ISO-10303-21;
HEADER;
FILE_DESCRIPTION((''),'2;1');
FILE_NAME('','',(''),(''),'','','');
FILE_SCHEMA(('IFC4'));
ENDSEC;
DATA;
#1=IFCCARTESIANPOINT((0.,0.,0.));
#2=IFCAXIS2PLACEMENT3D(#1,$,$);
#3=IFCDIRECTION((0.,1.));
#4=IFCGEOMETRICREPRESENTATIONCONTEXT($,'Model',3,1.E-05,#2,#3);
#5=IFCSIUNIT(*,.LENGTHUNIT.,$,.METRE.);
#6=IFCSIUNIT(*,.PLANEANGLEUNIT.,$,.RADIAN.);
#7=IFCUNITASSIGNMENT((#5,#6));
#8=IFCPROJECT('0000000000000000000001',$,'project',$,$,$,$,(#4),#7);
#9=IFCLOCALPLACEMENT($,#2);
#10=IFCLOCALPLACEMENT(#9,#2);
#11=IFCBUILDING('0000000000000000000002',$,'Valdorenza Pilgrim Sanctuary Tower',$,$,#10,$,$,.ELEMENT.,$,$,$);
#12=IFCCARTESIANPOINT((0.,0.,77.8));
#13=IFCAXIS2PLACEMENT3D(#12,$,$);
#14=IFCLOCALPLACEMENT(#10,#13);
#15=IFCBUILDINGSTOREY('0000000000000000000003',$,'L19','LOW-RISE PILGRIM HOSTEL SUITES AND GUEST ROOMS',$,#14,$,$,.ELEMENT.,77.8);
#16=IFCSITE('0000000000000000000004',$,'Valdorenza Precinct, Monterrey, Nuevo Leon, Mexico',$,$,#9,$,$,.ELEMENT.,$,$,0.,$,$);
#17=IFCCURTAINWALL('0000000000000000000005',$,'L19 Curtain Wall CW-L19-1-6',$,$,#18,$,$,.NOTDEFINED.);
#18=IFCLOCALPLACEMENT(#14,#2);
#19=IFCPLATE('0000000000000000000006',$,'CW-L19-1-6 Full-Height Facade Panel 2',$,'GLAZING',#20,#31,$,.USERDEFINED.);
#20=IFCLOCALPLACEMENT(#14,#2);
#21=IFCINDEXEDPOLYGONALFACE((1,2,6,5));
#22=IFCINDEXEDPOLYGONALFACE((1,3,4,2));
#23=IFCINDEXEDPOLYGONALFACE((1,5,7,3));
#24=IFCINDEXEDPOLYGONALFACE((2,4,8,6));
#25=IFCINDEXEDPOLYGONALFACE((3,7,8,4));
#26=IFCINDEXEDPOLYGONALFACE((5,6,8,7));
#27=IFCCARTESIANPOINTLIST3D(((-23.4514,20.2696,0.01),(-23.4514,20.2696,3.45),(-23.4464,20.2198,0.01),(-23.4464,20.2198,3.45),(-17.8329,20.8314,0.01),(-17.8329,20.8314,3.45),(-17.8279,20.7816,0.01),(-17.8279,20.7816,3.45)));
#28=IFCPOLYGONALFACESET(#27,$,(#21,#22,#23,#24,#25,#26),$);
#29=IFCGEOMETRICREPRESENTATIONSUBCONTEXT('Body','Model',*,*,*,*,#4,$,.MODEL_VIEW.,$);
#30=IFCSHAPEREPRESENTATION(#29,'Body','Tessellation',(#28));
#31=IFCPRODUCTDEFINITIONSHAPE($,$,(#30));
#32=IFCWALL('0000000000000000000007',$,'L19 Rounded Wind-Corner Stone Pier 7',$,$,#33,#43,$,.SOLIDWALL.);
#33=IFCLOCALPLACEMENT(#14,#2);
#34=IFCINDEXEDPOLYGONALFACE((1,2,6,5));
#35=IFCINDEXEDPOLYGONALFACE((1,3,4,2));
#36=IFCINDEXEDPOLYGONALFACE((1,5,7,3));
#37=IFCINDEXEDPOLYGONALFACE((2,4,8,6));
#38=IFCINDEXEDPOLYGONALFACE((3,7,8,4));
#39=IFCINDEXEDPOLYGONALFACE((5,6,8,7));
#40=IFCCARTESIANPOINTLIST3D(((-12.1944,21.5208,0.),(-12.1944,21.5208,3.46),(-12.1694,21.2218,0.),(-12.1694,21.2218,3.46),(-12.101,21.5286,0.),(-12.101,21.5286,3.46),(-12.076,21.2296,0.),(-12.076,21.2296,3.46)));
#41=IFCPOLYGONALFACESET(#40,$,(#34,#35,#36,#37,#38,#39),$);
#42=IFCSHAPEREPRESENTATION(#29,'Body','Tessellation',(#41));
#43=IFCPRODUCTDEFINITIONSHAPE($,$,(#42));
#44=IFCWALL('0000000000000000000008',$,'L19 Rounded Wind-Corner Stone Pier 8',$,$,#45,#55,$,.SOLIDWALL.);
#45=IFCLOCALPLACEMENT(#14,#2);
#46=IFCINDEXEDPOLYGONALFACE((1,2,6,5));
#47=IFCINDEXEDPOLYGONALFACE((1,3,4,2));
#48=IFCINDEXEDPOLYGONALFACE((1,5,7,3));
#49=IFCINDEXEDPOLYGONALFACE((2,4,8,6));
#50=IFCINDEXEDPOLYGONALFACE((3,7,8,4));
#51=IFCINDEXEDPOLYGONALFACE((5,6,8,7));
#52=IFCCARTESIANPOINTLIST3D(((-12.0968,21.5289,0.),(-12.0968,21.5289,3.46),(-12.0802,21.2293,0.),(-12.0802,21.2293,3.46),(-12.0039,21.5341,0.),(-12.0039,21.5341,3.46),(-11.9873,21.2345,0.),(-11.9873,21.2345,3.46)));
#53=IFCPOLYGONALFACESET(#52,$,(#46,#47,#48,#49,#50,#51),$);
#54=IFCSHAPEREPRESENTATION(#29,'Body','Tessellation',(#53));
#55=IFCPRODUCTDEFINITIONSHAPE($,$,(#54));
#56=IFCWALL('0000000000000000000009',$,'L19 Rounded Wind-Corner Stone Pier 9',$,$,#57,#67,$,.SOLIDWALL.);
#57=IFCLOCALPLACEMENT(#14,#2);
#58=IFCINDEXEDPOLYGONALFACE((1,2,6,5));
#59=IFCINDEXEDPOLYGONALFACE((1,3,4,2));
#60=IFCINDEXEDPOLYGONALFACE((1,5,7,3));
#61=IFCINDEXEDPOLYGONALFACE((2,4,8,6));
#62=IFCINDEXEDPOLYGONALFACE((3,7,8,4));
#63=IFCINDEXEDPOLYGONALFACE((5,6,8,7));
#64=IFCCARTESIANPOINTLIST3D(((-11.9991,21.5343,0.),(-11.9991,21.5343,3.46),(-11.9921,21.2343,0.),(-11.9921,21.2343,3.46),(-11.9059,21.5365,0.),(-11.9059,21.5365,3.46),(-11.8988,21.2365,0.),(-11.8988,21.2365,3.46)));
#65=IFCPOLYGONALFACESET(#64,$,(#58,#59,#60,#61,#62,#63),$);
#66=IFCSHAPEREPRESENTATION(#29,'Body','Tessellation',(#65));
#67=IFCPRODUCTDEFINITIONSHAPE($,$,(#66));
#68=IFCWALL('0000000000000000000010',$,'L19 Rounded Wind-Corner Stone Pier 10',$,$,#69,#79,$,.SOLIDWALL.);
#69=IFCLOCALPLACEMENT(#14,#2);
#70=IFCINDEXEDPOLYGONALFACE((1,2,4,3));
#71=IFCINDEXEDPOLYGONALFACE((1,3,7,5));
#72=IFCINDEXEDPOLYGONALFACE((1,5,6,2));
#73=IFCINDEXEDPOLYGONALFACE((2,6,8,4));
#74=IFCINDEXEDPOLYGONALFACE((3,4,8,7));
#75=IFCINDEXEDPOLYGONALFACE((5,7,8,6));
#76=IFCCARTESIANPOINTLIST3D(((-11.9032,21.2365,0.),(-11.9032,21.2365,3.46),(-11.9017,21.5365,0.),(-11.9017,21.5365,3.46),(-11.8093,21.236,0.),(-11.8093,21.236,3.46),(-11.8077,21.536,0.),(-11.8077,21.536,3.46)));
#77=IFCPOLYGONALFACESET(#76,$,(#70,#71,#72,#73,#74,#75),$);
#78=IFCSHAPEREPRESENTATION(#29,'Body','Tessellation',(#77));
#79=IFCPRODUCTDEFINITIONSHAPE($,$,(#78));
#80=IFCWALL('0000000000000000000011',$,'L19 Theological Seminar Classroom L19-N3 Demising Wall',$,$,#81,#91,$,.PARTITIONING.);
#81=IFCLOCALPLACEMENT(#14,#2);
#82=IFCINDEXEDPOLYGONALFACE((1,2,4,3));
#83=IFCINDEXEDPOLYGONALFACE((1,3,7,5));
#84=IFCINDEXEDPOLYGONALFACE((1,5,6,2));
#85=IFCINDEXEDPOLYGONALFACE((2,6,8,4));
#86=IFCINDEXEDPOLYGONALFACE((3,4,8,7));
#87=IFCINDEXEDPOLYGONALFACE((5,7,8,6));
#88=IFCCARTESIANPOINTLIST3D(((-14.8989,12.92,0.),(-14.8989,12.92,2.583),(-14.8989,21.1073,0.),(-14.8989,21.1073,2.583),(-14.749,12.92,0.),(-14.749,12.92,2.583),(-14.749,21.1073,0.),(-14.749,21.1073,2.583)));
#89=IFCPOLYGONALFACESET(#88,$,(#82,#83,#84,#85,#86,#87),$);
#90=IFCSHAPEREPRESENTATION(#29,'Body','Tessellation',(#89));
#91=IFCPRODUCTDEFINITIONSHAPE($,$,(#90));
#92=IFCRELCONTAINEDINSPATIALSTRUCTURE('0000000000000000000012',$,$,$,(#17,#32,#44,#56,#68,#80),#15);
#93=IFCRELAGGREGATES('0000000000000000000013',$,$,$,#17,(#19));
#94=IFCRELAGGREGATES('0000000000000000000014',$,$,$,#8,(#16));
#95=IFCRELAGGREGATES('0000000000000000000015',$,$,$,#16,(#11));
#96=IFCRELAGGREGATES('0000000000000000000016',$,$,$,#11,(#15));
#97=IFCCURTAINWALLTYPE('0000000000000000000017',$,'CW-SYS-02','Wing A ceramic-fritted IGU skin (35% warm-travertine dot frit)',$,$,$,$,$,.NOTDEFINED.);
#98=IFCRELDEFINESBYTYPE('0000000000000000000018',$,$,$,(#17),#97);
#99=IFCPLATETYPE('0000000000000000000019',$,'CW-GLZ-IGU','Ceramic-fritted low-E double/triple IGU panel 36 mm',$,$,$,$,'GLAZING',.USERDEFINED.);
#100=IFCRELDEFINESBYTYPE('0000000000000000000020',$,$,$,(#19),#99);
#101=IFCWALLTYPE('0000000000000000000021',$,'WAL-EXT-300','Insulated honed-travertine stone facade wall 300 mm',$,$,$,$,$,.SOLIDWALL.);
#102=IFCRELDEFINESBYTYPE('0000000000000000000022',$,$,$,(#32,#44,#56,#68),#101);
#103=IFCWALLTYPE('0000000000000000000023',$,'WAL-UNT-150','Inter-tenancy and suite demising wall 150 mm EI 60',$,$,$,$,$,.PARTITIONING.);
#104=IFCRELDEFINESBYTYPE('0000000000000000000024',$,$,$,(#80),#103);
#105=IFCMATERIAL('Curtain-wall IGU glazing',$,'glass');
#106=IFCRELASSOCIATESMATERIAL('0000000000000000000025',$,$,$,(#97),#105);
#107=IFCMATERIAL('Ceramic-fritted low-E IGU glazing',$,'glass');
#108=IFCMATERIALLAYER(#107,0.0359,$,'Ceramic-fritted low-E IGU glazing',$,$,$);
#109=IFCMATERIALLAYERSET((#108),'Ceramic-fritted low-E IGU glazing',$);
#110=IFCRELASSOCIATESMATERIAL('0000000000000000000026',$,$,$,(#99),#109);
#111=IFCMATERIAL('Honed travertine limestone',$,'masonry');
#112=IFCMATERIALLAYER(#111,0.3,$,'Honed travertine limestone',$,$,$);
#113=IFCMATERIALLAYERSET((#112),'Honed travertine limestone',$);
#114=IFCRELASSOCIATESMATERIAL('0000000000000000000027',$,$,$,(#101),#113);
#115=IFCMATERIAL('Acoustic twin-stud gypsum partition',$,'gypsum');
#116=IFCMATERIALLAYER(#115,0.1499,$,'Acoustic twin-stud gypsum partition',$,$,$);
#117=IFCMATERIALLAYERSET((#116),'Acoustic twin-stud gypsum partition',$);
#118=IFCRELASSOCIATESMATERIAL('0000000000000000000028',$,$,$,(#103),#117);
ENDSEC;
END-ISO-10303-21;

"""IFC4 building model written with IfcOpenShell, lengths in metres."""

from ifc_helpers import new_model, si_unit, direction, frame, frame_2d, origin, origin_2d, place, context, subcontext, project, spatial, rectangle, extrude, source, transform, mapped, material, layer, layer_set, type_object, element, aggregate, save


model = new_model("IFC4")

# Units and contexts
model_context = context("Model", 3, precision=1e-05, world=origin(), true_north=direction((0.0, 1.0)))
body_context = subcontext(model_context, "Body", "Model", "MODEL_VIEW")
ifc_project = project(units=[si_unit("LENGTHUNIT", "METRE"), si_unit("PLANEANGLEUNIT", "RADIAN")], contexts=[model_context])

# Site, building, storey
site_placement = place(None, origin())
site = spatial("IfcSite", under=ifc_project, at=site_placement, Name="Valdorenza Precinct, Monterrey, Nuevo Leon, Mexico", CompositionType="ELEMENT", RefElevation=0.0)
building_placement = place(site_placement, origin())
building = spatial("IfcBuilding", under=site, at=building_placement, Name="Valdorenza Pilgrim Sanctuary Tower", CompositionType="ELEMENT")
storey_placement = place(building_placement, frame((0.0, 0.0, 77.8)))
storey = spatial("IfcBuildingStorey", under=building, at=storey_placement, Name="L19", Description="LOW-RISE PILGRIM HOSTEL SUITES AND GUEST ROOMS", CompositionType="ELEMENT", Elevation=77.8)

# Curtain wall
ifc_material_1 = material(Name="Curtain-wall IGU glazing", Category="glass")
curtain_wall_type = type_object("IfcCurtainWallType", Name="CW-SYS-02", Description="Wing A ceramic-fritted IGU skin (35% warm-travertine dot frit)", PredefinedType="NOTDEFINED", material=ifc_material_1)
curtain_wall_1_placement = place(storey_placement, origin())
curtain_wall_1 = element("IfcCurtainWall", 1, at=curtain_wall_1_placement, inside=storey, type_object=curtain_wall_type, Name="L19 Curtain Wall CW-L19-1-6", PredefinedType="NOTDEFINED")

# Plate
ifc_material_2 = material(Name="Honed travertine limestone", Category="masonry")
ifc_material_3 = material(Name="Ceramic-fritted low-E IGU glazing", Category="glass")
ifc_layer_1 = layer(ifc_material_3, 0.0359, Name="Ceramic-fritted low-E IGU glazing")
ifc_layer_set_1 = layer_set([ifc_layer_1], Name="Ceramic-fritted low-E IGU glazing")
plate_type_1 = type_object("IfcPlateType", Name="CW-GLZ-IGU", Description="Ceramic-fritted low-E double/triple IGU panel 36 mm", ElementType="GLAZING", PredefinedType="USERDEFINED", material=ifc_layer_set_1)
shared_shape_1 = source(origin(), body_context, "Body", "SweptSolid", [
    extrude(rectangle(XDim=5.6465, YDim=0.05, at=origin_2d()), origin(), (0.0, 0.0, 1.0), 3.4399),
])
plate_1_placement = place(storey_placement, frame((-20.6396, 20.5256, 0.01), z_axis=(0.0, 0.0, 1.0), x_axis=(0.995038, 0.099493, 0.0)))
plate_1 = element("IfcPlate", 2, at=plate_1_placement, type_object=plate_type_1, Name="CW-L19-1-6 Full-Height Facade Panel 2", ObjectType="GLAZING", PredefinedType="USERDEFINED", context=body_context, shape_type="MappedRepresentation", body=[
    mapped(shared_shape_1, transform((0.0, 0.0, 0.0), x_axis=(1.0, 0.0, 0.0), y_axis=(0.0, 1.0, 0.0), z_axis=(0.0, 0.0, 1.0), scale=1.0)),
])
aggregate(curtain_wall_1, [plate_1])

# Walls
ifc_layer_2 = layer(ifc_material_2, 0.3, Name="Honed travertine limestone")
ifc_layer_set_2 = layer_set([ifc_layer_2], Name="Honed travertine limestone")
wall_type_1 = type_object("IfcWallType", Name="WAL-EXT-300", Description="Insulated honed-travertine stone facade wall 300 mm", PredefinedType="SOLIDWALL", material=ifc_layer_set_2)
wall_1_placement = place(storey_placement, frame((-12.1819, 21.3713, 0.0), z_axis=(0.0, 0.0, 1.0), x_axis=(0.996528, 0.083261, 0.0)))
element("IfcWall", 3, at=wall_1_placement, inside=storey, type_object=wall_type_1, Name="L19 Rounded Wind-Corner Stone Pier 7", PredefinedType="SOLIDWALL", context=body_context, shape_type="SweptSolid", body=[
    extrude(rectangle(XDim=0.0938, YDim=0.3, at=frame_2d((0.0469, 0.0))), origin(), (0.0, 0.0, 1.0), 3.46),
])
wall_2_placement = place(storey_placement, frame((-12.0884, 21.3792, 0.0), z_axis=(0.0, 0.0, 1.0), x_axis=(0.998476, 0.055179, 0.0)))
element("IfcWall", 4, at=wall_2_placement, inside=storey, type_object=wall_type_1, Name="L19 Rounded Wind-Corner Stone Pier 8", PredefinedType="SOLIDWALL", context=body_context, shape_type="SweptSolid", body=[
    extrude(rectangle(XDim=0.093, YDim=0.3, at=frame_2d((0.0464, 0.0))), origin(), (0.0, 0.0, 1.0), 3.46),
])
wall_3_placement = place(storey_placement, frame((-11.9956, 21.3843, 0.0), z_axis=(0.0, 0.0, 1.0), x_axis=(0.999723, 0.023554, 0.0)))
element("IfcWall", 5, at=wall_3_placement, inside=storey, type_object=wall_type_1, Name="L19 Rounded Wind-Corner Stone Pier 9", PredefinedType="SOLIDWALL", context=body_context, shape_type="SweptSolid", body=[
    extrude(rectangle(XDim=0.0933, YDim=0.3, at=frame_2d((0.0466, 0.0))), origin(), (0.0, 0.0, 1.0), 3.46),
])
wall_4_placement = place(storey_placement, frame((-11.9023, 21.3865, 0.0), z_axis=(0.0, 0.0, 1.0), x_axis=(0.999987, -0.005195, 0.0)))
element("IfcWall", 6, at=wall_4_placement, inside=storey, type_object=wall_type_1, Name="L19 Rounded Wind-Corner Stone Pier 10", PredefinedType="SOLIDWALL", context=body_context, shape_type="SweptSolid", body=[
    extrude(rectangle(XDim=0.094, YDim=0.3, at=frame_2d((0.0469, 0.0))), origin(), (0.0, 0.0, 1.0), 3.46),
])
ifc_material_4 = material(Name="Acoustic twin-stud gypsum partition", Category="gypsum")
ifc_layer_3 = layer(ifc_material_4, 0.1499, Name="Acoustic twin-stud gypsum partition")
ifc_layer_set_3 = layer_set([ifc_layer_3], Name="Acoustic twin-stud gypsum partition")
wall_type_2 = type_object("IfcWallType", Name="WAL-UNT-150", Description="Inter-tenancy and suite demising wall 150 mm EI 60", PredefinedType="PARTITIONING", material=ifc_layer_set_3)
wall_5_placement = place(storey_placement, frame((-14.824, 12.9199, 0.0), z_axis=(0.0, 0.0, 1.0), x_axis=(0.0, 1.0, 0.0)))
element("IfcWall", 7, at=wall_5_placement, inside=storey, type_object=wall_type_2, Name="L19 Theological Seminar Classroom L19-N3 Demising Wall", PredefinedType="PARTITIONING", context=body_context, shape_type="SweptSolid", body=[
    extrude(rectangle(XDim=8.1873, YDim=0.1499, at=frame_2d((4.0938, 0.0))), origin(), (0.0, 0.0, 1.0), 2.583),
])

save(model, "model.ifc")
